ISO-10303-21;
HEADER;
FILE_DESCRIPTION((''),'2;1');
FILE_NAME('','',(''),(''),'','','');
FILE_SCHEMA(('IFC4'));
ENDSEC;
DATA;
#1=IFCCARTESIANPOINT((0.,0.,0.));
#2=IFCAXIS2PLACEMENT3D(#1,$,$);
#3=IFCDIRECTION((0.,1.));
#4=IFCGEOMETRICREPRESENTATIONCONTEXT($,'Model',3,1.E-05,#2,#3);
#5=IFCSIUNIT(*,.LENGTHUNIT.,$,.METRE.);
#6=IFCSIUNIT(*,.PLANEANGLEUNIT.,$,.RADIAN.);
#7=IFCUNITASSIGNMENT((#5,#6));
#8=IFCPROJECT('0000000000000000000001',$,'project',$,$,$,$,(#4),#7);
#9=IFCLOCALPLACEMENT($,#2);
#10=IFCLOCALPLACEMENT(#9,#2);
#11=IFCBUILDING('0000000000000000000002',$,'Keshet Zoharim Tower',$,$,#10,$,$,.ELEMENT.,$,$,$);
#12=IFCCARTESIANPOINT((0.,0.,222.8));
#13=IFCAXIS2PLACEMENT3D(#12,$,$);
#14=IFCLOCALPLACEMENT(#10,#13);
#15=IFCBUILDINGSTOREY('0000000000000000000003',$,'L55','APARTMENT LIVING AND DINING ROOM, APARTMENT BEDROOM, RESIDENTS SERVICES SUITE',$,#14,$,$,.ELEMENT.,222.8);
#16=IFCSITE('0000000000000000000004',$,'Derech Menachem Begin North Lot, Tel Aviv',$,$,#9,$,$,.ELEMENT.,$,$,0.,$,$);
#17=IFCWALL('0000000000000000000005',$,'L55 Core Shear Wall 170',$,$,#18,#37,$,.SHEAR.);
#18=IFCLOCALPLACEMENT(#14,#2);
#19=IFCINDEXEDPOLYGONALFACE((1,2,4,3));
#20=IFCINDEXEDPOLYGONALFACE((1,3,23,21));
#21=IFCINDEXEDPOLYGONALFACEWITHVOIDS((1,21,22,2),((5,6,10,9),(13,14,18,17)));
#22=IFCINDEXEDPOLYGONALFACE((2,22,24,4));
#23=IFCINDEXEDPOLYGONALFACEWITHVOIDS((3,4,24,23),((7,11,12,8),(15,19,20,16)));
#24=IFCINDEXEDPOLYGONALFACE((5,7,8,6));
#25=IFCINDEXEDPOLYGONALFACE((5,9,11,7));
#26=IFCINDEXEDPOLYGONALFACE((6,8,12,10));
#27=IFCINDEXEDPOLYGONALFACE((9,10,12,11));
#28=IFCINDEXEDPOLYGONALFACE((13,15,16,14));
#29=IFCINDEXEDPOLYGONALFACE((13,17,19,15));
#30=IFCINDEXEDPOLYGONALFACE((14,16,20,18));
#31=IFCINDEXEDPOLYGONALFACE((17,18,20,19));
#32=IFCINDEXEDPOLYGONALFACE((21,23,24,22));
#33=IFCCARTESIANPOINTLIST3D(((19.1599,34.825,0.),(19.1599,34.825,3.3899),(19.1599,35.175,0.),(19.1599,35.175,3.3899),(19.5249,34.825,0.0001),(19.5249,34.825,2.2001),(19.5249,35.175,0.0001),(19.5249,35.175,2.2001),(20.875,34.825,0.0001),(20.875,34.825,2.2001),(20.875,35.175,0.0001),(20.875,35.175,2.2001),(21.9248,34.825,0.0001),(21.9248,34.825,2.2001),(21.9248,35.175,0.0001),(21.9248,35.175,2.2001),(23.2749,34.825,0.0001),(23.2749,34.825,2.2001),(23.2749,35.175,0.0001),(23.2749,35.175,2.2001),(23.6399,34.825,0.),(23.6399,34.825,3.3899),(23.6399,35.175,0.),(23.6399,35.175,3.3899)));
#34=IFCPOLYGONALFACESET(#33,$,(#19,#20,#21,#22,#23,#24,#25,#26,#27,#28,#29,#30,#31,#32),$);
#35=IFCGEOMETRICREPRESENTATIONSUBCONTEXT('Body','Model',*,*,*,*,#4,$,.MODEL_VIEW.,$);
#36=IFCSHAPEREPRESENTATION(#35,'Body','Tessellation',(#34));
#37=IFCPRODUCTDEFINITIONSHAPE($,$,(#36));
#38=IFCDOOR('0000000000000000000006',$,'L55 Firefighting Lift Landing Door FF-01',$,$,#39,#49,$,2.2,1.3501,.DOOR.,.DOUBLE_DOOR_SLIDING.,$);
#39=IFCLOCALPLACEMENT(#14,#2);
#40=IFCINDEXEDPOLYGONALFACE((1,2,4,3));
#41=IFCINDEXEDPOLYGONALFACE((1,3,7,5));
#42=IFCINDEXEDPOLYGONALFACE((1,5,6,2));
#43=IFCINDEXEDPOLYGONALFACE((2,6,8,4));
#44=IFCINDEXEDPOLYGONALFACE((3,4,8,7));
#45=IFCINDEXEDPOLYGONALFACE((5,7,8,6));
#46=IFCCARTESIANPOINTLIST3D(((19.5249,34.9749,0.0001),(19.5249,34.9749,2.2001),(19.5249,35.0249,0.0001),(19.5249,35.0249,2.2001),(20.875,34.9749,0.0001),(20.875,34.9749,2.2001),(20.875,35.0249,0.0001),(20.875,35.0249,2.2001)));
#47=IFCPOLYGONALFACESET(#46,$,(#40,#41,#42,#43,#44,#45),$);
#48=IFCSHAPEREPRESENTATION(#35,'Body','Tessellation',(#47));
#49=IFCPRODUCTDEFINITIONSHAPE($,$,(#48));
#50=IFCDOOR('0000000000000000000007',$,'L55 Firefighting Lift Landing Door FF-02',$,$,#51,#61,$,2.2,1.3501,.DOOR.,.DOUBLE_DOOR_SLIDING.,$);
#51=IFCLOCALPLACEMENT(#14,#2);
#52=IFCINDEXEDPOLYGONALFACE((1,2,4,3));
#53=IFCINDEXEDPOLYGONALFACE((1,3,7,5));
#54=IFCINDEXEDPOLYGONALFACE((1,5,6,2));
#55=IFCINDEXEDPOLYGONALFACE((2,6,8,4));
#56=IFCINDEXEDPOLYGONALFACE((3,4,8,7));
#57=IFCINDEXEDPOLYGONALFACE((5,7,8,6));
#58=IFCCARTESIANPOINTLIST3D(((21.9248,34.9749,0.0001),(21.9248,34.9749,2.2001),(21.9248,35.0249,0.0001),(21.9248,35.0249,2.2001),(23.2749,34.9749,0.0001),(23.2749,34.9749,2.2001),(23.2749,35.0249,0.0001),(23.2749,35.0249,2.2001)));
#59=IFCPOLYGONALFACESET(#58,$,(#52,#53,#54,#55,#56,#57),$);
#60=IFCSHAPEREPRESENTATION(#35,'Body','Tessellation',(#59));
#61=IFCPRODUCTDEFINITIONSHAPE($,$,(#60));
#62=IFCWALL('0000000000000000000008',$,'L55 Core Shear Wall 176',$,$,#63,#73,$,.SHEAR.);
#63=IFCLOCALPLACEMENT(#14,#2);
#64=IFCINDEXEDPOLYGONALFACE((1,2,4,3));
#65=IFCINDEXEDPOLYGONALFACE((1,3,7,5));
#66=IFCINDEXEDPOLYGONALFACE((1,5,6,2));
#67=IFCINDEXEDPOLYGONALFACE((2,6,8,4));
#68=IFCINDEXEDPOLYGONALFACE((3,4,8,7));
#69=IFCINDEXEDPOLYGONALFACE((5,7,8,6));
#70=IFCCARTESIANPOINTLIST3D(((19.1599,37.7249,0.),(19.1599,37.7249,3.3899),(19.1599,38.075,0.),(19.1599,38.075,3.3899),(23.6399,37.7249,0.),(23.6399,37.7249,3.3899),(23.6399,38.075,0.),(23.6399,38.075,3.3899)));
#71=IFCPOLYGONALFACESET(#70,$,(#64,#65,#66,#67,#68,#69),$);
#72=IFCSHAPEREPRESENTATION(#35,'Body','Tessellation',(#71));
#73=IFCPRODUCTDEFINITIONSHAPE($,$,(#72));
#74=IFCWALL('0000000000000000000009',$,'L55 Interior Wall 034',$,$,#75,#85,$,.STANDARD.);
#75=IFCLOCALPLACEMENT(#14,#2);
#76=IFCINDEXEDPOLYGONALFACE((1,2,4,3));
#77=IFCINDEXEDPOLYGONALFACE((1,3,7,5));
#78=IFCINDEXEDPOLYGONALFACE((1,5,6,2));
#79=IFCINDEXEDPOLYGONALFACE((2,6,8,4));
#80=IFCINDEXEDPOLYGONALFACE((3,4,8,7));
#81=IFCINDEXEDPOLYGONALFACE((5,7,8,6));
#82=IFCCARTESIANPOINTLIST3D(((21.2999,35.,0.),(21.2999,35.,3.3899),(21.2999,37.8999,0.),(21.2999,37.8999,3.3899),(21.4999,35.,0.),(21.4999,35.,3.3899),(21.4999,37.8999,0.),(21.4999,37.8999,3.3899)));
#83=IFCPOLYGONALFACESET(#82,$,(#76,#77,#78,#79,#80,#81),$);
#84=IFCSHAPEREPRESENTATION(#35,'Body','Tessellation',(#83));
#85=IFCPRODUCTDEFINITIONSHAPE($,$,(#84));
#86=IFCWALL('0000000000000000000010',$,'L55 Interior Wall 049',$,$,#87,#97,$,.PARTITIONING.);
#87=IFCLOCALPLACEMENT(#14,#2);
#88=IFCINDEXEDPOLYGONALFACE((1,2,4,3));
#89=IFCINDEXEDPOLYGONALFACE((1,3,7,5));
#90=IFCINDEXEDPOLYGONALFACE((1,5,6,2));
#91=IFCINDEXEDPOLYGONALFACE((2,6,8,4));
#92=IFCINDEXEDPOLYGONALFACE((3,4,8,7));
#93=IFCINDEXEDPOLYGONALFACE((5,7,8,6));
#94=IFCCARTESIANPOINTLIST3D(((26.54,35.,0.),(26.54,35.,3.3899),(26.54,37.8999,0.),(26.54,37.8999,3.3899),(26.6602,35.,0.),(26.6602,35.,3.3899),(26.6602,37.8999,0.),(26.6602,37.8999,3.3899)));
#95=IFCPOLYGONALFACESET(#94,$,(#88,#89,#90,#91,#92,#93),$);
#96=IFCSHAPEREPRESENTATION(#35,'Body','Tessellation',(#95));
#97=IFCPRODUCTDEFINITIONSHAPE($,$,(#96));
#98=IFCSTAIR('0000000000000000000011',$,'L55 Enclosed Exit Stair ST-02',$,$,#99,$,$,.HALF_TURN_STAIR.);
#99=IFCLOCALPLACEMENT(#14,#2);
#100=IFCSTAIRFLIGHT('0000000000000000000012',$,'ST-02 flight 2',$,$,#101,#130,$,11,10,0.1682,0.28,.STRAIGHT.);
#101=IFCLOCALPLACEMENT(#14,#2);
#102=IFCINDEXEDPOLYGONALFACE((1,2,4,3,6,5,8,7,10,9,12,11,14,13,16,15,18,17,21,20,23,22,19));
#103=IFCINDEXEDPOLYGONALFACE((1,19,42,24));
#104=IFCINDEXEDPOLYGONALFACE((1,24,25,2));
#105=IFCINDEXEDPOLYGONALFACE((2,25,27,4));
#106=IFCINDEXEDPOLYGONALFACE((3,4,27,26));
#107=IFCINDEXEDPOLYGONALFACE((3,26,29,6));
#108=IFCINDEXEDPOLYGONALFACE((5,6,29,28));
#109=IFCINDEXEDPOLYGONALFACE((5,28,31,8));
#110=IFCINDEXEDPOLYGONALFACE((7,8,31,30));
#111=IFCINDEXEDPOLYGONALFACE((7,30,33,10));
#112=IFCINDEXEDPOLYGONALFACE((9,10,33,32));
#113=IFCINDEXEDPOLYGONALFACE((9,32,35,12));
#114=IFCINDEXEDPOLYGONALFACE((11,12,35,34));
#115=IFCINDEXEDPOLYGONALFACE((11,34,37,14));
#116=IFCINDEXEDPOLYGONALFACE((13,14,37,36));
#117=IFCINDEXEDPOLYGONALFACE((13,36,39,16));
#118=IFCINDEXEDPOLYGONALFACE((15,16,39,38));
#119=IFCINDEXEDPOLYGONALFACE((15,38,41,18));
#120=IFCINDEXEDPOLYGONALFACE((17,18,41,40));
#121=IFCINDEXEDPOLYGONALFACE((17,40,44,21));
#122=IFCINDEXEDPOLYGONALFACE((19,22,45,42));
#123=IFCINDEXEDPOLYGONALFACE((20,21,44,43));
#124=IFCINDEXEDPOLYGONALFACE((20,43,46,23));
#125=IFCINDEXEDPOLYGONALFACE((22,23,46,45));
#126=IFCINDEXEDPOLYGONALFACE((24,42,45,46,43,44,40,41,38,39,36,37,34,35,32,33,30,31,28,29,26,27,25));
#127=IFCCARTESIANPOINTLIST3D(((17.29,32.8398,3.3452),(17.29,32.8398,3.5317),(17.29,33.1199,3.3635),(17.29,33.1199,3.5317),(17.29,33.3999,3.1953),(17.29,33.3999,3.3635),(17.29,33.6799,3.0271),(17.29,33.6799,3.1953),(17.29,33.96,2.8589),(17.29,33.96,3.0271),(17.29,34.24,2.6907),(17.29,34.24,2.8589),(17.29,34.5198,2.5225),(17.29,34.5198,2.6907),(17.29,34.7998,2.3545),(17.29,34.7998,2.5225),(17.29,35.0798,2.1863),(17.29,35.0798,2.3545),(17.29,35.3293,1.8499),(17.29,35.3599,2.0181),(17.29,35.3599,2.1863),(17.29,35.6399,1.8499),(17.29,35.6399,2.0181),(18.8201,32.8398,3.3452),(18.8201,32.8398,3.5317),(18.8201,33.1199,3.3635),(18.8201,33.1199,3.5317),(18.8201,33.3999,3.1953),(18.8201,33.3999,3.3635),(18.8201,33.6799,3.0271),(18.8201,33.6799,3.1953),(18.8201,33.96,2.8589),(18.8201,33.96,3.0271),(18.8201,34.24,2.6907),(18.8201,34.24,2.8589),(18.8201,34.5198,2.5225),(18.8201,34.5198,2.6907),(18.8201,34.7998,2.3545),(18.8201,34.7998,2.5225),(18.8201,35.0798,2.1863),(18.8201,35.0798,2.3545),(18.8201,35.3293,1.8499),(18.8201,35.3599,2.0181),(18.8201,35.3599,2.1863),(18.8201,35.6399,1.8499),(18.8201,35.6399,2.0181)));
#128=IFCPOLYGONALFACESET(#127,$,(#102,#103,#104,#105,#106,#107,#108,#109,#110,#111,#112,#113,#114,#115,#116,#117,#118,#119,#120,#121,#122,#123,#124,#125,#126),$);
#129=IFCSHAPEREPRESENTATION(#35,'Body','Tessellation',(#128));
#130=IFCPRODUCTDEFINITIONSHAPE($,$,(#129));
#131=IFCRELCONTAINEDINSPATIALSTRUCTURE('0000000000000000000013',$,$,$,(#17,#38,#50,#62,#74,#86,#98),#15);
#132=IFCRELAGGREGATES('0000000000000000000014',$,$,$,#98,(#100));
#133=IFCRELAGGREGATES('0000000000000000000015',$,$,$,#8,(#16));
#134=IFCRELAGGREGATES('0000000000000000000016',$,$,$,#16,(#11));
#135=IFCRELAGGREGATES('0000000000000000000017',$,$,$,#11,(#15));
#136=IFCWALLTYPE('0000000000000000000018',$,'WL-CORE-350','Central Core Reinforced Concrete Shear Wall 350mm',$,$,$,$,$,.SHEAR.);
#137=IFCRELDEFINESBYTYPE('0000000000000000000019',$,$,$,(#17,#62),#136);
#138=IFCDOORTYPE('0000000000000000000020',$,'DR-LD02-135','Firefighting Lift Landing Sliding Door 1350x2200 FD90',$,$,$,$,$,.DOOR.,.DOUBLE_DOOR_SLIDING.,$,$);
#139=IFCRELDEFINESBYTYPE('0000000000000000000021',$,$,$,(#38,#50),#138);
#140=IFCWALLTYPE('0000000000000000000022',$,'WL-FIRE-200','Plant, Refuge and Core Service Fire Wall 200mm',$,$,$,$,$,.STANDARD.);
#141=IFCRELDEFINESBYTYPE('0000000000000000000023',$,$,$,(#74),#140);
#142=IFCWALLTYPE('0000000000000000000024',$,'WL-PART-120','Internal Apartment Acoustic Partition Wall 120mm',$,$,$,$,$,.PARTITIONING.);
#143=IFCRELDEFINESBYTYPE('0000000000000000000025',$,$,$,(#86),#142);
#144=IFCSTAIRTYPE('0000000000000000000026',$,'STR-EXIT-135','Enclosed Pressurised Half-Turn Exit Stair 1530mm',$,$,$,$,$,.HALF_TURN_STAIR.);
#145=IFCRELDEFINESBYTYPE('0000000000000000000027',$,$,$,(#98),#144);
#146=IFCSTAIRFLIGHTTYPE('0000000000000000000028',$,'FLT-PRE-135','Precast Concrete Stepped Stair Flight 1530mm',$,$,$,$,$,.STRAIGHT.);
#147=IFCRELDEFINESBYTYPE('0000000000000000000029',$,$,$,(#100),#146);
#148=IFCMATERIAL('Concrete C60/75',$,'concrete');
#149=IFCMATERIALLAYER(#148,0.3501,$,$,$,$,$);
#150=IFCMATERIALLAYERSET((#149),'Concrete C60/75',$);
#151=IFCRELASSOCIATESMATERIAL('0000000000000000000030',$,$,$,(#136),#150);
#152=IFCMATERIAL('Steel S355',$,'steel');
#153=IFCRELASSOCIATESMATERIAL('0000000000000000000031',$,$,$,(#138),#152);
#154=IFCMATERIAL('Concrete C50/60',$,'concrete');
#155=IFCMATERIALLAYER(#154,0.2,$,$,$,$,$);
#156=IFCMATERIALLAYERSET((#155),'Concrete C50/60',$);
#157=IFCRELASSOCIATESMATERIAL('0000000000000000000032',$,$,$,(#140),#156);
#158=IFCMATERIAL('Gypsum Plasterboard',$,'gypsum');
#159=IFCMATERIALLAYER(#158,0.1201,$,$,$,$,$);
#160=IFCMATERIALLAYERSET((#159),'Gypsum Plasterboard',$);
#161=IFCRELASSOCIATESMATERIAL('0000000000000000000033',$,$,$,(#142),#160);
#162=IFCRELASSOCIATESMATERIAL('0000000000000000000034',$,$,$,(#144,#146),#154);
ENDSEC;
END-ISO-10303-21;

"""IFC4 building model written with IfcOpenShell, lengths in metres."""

from ifc_helpers import new_model, si_unit, direction, frame, frame_2d, origin, place, context, subcontext, project, spatial, polyline, rectangle, outline, extrude, material, layer, layer_set, type_object, element, fill, aggregate, save


model = new_model("IFC4")

# Units and contexts
model_context = context("Model", 3, precision=1e-05, world=origin(), true_north=direction((0.0, 1.0)))
body_context = subcontext(model_context, "Body", "Model", "MODEL_VIEW")
ifc_project = project(units=[si_unit("LENGTHUNIT", "METRE"), si_unit("PLANEANGLEUNIT", "RADIAN")], contexts=[model_context])

# Site, building, storey
site_placement = place(None, origin())
site = spatial("IfcSite", under=ifc_project, at=site_placement, Name="Derech Menachem Begin North Lot, Tel Aviv", CompositionType="ELEMENT", RefElevation=0.0)
building_placement = place(site_placement, origin())
building = spatial("IfcBuilding", under=site, at=building_placement, Name="Keshet Zoharim Tower", CompositionType="ELEMENT")
storey_placement = place(building_placement, frame((0.0, 0.0, 222.8)))
storey = spatial("IfcBuildingStorey", under=building, at=storey_placement, Name="L55", Description="APARTMENT LIVING AND DINING ROOM, APARTMENT BEDROOM, RESIDENTS SERVICES SUITE", CompositionType="ELEMENT", Elevation=222.8)

# Shared definitions
ifc_material_1 = material(Name="Steel S355", Category="steel")

# Shared definitions
ifc_material_2 = material(Name="Concrete C60/75", Category="concrete")
ifc_layer_1 = layer(ifc_material_2, 0.3501)
ifc_layer_set_1 = layer_set([ifc_layer_1], Name="Concrete C60/75")
wall_type_1 = type_object("IfcWallType", Name="WL-CORE-350", Description="Central Core Reinforced Concrete Shear Wall 350mm", PredefinedType="SHEAR", material=ifc_layer_set_1)

# Wall, openings, doors
wall_1_placement = place(storey_placement, frame((19.1599, 35.0, 0.0), z_axis=(0.0, 0.0, 1.0), x_axis=(1.0, 0.0, 0.0)))
wall_1 = element("IfcWall", 1, at=wall_1_placement, inside=storey, type_object=wall_type_1, Name="L55 Core Shear Wall 170", PredefinedType="SHEAR", context=body_context, shape_type="SweptSolid", body=[
    extrude(rectangle(XDim=4.48, YDim=0.3501, at=frame_2d((2.24, 0.0))), origin(), (0.0, 0.0, 1.0), 3.3899),
])
opening_1_placement = place(wall_1_placement, frame((0.365, 0.0, 0.0)))
opening_1 = element("IfcOpeningElement", 2, at=opening_1_placement, cuts=wall_1, PredefinedType="OPENING", context=body_context, shape_type="SweptSolid", body=[
    extrude(rectangle(XDim=1.3501, YDim=2.2, at=frame_2d((0.675, 1.1001))), frame((0.0, 0.1851, 0.0), z_axis=(0.0, -1.0, 0.0), x_axis=(1.0, 0.0, 0.0)), (0.0, 0.0, 1.0), 0.3701),
])
opening_2_placement = place(wall_1_placement, frame((2.7649, 0.0, 0.0)))
opening_2 = element("IfcOpeningElement", 3, at=opening_2_placement, cuts=wall_1, PredefinedType="OPENING", context=body_context, shape_type="SweptSolid", body=[
    extrude(rectangle(XDim=1.3501, YDim=2.2, at=frame_2d((0.675, 1.1001))), frame((0.0, 0.1851, 0.0), z_axis=(0.0, -1.0, 0.0), x_axis=(1.0, 0.0, 0.0)), (0.0, 0.0, 1.0), 0.3701),
])
door_type_1 = type_object("IfcDoorType", Name="DR-LD02-135", Description="Firefighting Lift Landing Sliding Door 1350x2200 FD90", OperationType="DOUBLE_DOOR_SLIDING", PredefinedType="DOOR", material=ifc_material_1)
door_1_placement = place(opening_1_placement, origin())
door_1 = element("IfcDoor", 4, at=door_1_placement, inside=storey, type_object=door_type_1, Name="L55 Firefighting Lift Landing Door FF-01", OperationType="DOUBLE_DOOR_SLIDING", OverallHeight=2.2, OverallWidth=1.3501, PredefinedType="DOOR", context=body_context, shape_type="SweptSolid", body=[
    extrude(rectangle(XDim=1.3501, YDim=2.2, at=frame_2d((0.675, 1.1001))), frame((0.0, 0.0249, 0.0), z_axis=(0.0, -1.0, 0.0), x_axis=(1.0, 0.0, 0.0)), (0.0, 0.0, 1.0), 0.05),
])
fill(opening_1, door_1)
door_2_placement = place(opening_2_placement, origin())
door_2 = element("IfcDoor", 5, at=door_2_placement, inside=storey, type_object=door_type_1, Name="L55 Firefighting Lift Landing Door FF-02", OperationType="DOUBLE_DOOR_SLIDING", OverallHeight=2.2, OverallWidth=1.3501, PredefinedType="DOOR", context=body_context, shape_type="SweptSolid", body=[
    extrude(rectangle(XDim=1.3501, YDim=2.2, at=frame_2d((0.675, 1.1001))), frame((0.0, 0.0249, 0.0), z_axis=(0.0, -1.0, 0.0), x_axis=(1.0, 0.0, 0.0)), (0.0, 0.0, 1.0), 0.05),
])
fill(opening_2, door_2)

# Walls
wall_2_placement = place(storey_placement, frame((19.1599, 37.8999, 0.0), z_axis=(0.0, 0.0, 1.0), x_axis=(1.0, 0.0, 0.0)))
element("IfcWall", 6, at=wall_2_placement, inside=storey, type_object=wall_type_1, Name="L55 Core Shear Wall 176", PredefinedType="SHEAR", context=body_context, shape_type="SweptSolid", body=[
    extrude(rectangle(XDim=4.48, YDim=0.3501, at=frame_2d((2.24, 0.0))), origin(), (0.0, 0.0, 1.0), 3.3899),
])
ifc_material_3 = material(Name="Concrete C50/60", Category="concrete")
ifc_layer_2 = layer(ifc_material_3, 0.2)
ifc_layer_set_2 = layer_set([ifc_layer_2], Name="Concrete C50/60")
wall_type_2 = type_object("IfcWallType", Name="WL-FIRE-200", Description="Plant, Refuge and Core Service Fire Wall 200mm", PredefinedType="STANDARD", material=ifc_layer_set_2)
wall_3_placement = place(storey_placement, frame((21.3999, 35.0, 0.0), z_axis=(0.0, 0.0, 1.0), x_axis=(0.0, 1.0, 0.0)))
element("IfcWall", 7, at=wall_3_placement, inside=storey, type_object=wall_type_2, Name="L55 Interior Wall 034", PredefinedType="STANDARD", context=body_context, shape_type="SweptSolid", body=[
    extrude(rectangle(XDim=2.8999, YDim=0.2, at=frame_2d((1.45, 0.0))), origin(), (0.0, 0.0, 1.0), 3.3899),
])
ifc_material_4 = material(Name="Gypsum Plasterboard", Category="gypsum")
ifc_layer_3 = layer(ifc_material_4, 0.1201)
ifc_layer_set_3 = layer_set([ifc_layer_3], Name="Gypsum Plasterboard")
wall_type_3 = type_object("IfcWallType", Name="WL-PART-120", Description="Internal Apartment Acoustic Partition Wall 120mm", PredefinedType="PARTITIONING", material=ifc_layer_set_3)
wall_4_placement = place(storey_placement, frame((26.6001, 35.0, 0.0), z_axis=(0.0, 0.0, 1.0), x_axis=(0.0, 1.0, 0.0)))
element("IfcWall", 8, at=wall_4_placement, inside=storey, type_object=wall_type_3, Name="L55 Interior Wall 049", PredefinedType="PARTITIONING", context=body_context, shape_type="SweptSolid", body=[
    extrude(rectangle(XDim=2.8999, YDim=0.1201, at=frame_2d((1.45, 0.0))), origin(), (0.0, 0.0, 1.0), 3.3899),
])

# Stair, stair flight
stair_type = type_object("IfcStairType", Name="STR-EXIT-135", Description="Enclosed Pressurised Half-Turn Exit Stair 1530mm", PredefinedType="HALF_TURN_STAIR", material=ifc_material_3)
stair_placement = place(storey_placement, origin())
stair = element("IfcStair", 9, at=stair_placement, inside=storey, type_object=stair_type, Name="L55 Enclosed Exit Stair ST-02", PredefinedType="HALF_TURN_STAIR")
stair_flight_type = type_object("IfcStairFlightType", Name="FLT-PRE-135", Description="Precast Concrete Stepped Stair Flight 1530mm", PredefinedType="STRAIGHT", material=ifc_material_3)
stair_flight_placement = place(storey_placement, frame((18.0549, 35.6399, 1.8499), z_axis=(0.0, 0.0, 1.0), x_axis=(0.0, -1.0, 0.0)))
stair_flight = element("IfcStairFlight", 10, at=stair_flight_placement, type_object=stair_flight_type, Name="ST-02 flight 2", NumberOfRisers=11, NumberOfTreads=10, PredefinedType="STRAIGHT", RiserHeight=0.1682, TreadLength=0.28, context=body_context, shape_type="SweptSolid", body=[
    extrude(outline(polyline([(0.0, 0.0), (0.0, 0.1682), (0.28, 0.1682), (0.28, 0.3364), (0.5601, 0.3364), (0.5601, 0.5046), (0.8401, 0.5046), (0.8401, 0.6726), (1.1201, 0.6726), (1.1201, 0.8408), (1.3999, 0.8408), (1.3999, 1.009), (1.6799, 1.009), (1.6799, 1.1772), (1.96, 1.1772), (1.96, 1.3455), (2.24, 1.3455), (2.24, 1.5137), (2.52, 1.5137), (2.52, 1.6819), (2.8, 1.6819), (2.8, 1.8501), (2.8, 1.4954), (0.3105, 0.0), (0.0, 0.0)])), frame((0.0, 0.7651, 0.0), z_axis=(0.0, -1.0, 0.0), x_axis=(1.0, 0.0, 0.0)), (0.0, 0.0, 1.0), 1.53),
])
aggregate(stair, [stair_flight])

save(model, "model.ifc")
